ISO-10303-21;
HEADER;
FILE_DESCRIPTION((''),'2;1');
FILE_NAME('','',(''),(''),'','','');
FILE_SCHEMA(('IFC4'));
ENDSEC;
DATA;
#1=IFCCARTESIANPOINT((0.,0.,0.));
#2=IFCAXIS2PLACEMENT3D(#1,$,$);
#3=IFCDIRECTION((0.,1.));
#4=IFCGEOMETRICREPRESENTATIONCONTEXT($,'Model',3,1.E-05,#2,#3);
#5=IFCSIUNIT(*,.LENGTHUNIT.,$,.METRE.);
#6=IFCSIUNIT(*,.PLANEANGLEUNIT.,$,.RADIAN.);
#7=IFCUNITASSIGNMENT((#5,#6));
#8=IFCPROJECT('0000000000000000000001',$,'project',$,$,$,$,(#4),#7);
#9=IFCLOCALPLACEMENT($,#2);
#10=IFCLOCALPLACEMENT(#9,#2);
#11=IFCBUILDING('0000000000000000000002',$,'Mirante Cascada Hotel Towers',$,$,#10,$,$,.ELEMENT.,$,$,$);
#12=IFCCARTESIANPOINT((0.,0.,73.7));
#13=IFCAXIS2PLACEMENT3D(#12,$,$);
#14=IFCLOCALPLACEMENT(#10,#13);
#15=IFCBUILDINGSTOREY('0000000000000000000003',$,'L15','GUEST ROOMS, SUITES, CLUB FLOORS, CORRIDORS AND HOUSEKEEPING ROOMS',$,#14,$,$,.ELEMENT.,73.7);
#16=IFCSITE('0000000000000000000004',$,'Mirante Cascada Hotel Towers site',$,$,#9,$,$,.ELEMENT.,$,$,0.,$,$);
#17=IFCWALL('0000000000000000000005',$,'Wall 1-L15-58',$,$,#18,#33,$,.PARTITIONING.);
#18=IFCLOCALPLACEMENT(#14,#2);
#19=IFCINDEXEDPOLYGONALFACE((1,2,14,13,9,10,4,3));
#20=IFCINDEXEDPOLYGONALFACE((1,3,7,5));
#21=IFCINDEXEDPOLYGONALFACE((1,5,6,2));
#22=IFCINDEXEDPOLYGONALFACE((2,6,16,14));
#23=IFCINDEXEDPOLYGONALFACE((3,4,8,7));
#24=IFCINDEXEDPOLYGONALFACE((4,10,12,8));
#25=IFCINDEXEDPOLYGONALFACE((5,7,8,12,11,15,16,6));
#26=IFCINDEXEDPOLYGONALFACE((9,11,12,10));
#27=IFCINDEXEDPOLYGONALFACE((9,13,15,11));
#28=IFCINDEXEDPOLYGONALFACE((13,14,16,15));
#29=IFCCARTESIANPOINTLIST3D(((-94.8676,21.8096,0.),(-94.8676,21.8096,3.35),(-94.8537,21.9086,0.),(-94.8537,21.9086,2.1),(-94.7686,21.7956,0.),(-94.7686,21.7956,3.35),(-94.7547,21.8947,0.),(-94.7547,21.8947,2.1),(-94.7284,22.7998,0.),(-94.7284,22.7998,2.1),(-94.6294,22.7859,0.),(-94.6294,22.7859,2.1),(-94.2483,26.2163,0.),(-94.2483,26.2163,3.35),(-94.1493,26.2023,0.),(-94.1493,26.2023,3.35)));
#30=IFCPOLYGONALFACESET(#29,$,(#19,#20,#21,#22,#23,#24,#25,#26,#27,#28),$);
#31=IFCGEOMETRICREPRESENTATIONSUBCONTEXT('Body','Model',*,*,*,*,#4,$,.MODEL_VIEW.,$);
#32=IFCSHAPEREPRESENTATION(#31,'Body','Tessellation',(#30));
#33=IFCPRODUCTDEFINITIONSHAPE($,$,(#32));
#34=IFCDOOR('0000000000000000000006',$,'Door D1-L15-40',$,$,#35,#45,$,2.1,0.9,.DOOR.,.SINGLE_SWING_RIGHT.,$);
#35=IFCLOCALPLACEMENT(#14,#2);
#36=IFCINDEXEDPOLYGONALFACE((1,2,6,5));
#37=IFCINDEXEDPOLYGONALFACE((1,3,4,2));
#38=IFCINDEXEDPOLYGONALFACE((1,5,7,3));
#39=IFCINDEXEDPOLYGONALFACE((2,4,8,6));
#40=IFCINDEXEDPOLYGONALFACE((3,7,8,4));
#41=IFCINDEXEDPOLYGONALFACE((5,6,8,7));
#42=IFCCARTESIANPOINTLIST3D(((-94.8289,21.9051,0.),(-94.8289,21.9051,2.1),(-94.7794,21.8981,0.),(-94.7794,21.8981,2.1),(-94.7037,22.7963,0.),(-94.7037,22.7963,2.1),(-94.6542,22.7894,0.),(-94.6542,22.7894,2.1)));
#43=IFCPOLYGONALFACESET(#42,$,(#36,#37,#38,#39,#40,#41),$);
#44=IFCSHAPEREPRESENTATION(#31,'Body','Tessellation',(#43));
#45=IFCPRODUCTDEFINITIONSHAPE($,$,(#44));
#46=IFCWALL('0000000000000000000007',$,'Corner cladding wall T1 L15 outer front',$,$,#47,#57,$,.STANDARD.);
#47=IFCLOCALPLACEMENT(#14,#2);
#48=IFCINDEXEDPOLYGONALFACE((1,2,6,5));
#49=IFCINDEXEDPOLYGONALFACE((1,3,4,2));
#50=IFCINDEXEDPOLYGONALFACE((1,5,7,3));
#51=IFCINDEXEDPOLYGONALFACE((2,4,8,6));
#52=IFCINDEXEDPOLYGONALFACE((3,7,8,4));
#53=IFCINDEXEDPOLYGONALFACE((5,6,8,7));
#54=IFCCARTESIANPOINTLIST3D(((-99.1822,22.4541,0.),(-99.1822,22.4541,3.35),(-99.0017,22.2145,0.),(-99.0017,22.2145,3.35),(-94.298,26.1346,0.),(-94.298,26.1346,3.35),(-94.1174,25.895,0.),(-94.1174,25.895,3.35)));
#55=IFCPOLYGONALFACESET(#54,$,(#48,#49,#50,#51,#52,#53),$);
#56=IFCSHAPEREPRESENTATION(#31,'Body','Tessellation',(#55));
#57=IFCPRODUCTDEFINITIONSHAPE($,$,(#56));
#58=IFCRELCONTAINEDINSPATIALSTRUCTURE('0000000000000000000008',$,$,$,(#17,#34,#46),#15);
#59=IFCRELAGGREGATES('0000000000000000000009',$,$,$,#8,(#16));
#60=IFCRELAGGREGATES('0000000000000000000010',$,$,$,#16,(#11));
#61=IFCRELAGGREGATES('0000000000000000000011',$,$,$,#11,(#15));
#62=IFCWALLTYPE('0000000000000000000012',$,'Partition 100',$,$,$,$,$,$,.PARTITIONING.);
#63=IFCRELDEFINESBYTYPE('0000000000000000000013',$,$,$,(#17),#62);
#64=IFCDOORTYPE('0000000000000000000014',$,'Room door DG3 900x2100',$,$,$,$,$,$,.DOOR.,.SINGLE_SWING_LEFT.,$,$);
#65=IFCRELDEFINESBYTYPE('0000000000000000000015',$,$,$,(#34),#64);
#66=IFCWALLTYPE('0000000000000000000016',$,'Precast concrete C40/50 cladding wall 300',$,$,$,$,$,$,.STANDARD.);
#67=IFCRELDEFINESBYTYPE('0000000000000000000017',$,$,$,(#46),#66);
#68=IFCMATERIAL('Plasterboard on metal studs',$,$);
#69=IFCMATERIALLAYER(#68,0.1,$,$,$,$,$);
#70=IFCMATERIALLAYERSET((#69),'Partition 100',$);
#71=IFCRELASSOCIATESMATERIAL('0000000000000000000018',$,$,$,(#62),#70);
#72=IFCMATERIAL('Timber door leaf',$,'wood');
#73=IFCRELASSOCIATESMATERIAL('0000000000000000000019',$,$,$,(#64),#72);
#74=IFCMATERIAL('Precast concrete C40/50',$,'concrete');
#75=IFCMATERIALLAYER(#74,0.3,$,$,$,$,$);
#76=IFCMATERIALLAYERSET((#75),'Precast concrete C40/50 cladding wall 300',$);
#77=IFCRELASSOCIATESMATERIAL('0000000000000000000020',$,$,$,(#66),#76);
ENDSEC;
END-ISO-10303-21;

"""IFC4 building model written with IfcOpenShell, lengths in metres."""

from ifc_helpers import new_model, si_unit, direction, frame, frame_2d, origin, place, context, subcontext, project, spatial, rectangle, extrude, material, layer, layer_set, type_object, element, fill, save


model = new_model("IFC4")

# Units and contexts
model_context = context("Model", 3, precision=1e-05, world=origin(), true_north=direction((0.0, 1.0)))
body_context = subcontext(model_context, "Body", "Model", "MODEL_VIEW")
ifc_project = project(units=[si_unit("LENGTHUNIT", "METRE"), si_unit("PLANEANGLEUNIT", "RADIAN")], contexts=[model_context])

# Site, building, storey
site_placement = place(None, origin())
site = spatial("IfcSite", under=ifc_project, at=site_placement, Name="Mirante Cascada Hotel Towers site", CompositionType="ELEMENT", RefElevation=0.0)
building_placement = place(site_placement, origin())
building = spatial("IfcBuilding", under=site, at=building_placement, Name="Mirante Cascada Hotel Towers", CompositionType="ELEMENT")
storey_placement = place(building_placement, frame((0.0, 0.0, 73.7)))
storey = spatial("IfcBuildingStorey", under=building, at=storey_placement, Name="L15", Description="GUEST ROOMS, SUITES, CLUB FLOORS, CORRIDORS AND HOUSEKEEPING ROOMS", CompositionType="ELEMENT", Elevation=73.7)

# Shared definitions
ifc_material_1 = material(Name="Plasterboard on metal studs")
ifc_layer_1 = layer(ifc_material_1, 0.1)
ifc_layer_set_1 = layer_set([ifc_layer_1], Name="Partition 100")
wall_type_1 = type_object("IfcWallType", Name="Partition 100", PredefinedType="PARTITIONING", material=ifc_layer_set_1)

# Wall, opening, door
wall_1_placement = place(storey_placement, frame((-94.8181, 21.8026, 0.0), z_axis=(0.0, 0.0, 1.0), x_axis=(0.139168, 0.990269, 0.0)))
wall_1 = element("IfcWall", 1, at=wall_1_placement, inside=storey, type_object=wall_type_1, Name="Wall 1-L15-58", PredefinedType="PARTITIONING", context=body_context, shape_type="SweptSolid", body=[
    extrude(rectangle(XDim=4.45, YDim=0.1, at=frame_2d((2.225, 0.0))), origin(), (0.0, 0.0, 1.0), 3.35),
])
opening_placement = place(wall_1_placement, frame((0.1, 0.0, 0.0)))
opening = element("IfcOpeningElement", 2, at=opening_placement, cuts=wall_1, PredefinedType="OPENING", context=body_context, shape_type="SweptSolid", body=[
    extrude(rectangle(XDim=0.9, YDim=2.1, at=frame_2d((0.45, 1.05))), frame((0.0, 0.05, 0.0), z_axis=(0.0, -1.0, 0.0), x_axis=(1.0, 0.0, 0.0)), (0.0, 0.0, 1.0), 0.1),
])
ifc_material_2 = material(Name="Timber door leaf", Category="wood")
door_type = type_object("IfcDoorType", Name="Room door DG3 900x2100", OperationType="SINGLE_SWING_LEFT", PredefinedType="DOOR", material=ifc_material_2)
door_placement = place(opening_placement, frame((0.9, 0.0, 0.0), z_axis=(0.0, 0.0, 1.0), x_axis=(-1.0, 0.0, 0.0)))
door = element("IfcDoor", 3, at=door_placement, inside=storey, type_object=door_type, Name="Door D1-L15-40", OperationType="SINGLE_SWING_RIGHT", OverallHeight=2.1, OverallWidth=0.9, PredefinedType="DOOR", context=body_context, shape_type="SweptSolid", body=[
    extrude(rectangle(XDim=0.9, YDim=2.1, at=frame_2d((0.45, 1.05))), frame((0.0, 0.025, 0.0), z_axis=(0.0, -1.0, 0.0), x_axis=(1.0, 0.0, 0.0)), (0.0, 0.0, 1.0), 0.05),
])
fill(opening, door)

# Wall
ifc_material_3 = material(Name="Precast concrete C40/50", Category="concrete")
ifc_layer_2 = layer(ifc_material_3, 0.3)
ifc_layer_set_2 = layer_set([ifc_layer_2], Name="Precast concrete C40/50 cladding wall 300")
wall_type_2 = type_object("IfcWallType", Name="Precast concrete C40/50 cladding wall 300", PredefinedType="STANDARD", material=ifc_layer_set_2)
wall_2_placement = place(storey_placement, frame((-99.0919, 22.3343, 0.0), z_axis=(0.0, 0.0, 1.0), x_axis=(0.798636, 0.601814, 0.0)))
element("IfcWall", 4, at=wall_2_placement, inside=storey, type_object=wall_type_2, Name="Corner cladding wall T1 L15 outer front", PredefinedType="STANDARD", context=body_context, shape_type="SweptSolid", body=[
    extrude(rectangle(XDim=6.1157, YDim=0.3, at=frame_2d((3.0578, 0.0))), origin(), (0.0, 0.0, 1.0), 3.35),
])

save(model, "model.ifc")
